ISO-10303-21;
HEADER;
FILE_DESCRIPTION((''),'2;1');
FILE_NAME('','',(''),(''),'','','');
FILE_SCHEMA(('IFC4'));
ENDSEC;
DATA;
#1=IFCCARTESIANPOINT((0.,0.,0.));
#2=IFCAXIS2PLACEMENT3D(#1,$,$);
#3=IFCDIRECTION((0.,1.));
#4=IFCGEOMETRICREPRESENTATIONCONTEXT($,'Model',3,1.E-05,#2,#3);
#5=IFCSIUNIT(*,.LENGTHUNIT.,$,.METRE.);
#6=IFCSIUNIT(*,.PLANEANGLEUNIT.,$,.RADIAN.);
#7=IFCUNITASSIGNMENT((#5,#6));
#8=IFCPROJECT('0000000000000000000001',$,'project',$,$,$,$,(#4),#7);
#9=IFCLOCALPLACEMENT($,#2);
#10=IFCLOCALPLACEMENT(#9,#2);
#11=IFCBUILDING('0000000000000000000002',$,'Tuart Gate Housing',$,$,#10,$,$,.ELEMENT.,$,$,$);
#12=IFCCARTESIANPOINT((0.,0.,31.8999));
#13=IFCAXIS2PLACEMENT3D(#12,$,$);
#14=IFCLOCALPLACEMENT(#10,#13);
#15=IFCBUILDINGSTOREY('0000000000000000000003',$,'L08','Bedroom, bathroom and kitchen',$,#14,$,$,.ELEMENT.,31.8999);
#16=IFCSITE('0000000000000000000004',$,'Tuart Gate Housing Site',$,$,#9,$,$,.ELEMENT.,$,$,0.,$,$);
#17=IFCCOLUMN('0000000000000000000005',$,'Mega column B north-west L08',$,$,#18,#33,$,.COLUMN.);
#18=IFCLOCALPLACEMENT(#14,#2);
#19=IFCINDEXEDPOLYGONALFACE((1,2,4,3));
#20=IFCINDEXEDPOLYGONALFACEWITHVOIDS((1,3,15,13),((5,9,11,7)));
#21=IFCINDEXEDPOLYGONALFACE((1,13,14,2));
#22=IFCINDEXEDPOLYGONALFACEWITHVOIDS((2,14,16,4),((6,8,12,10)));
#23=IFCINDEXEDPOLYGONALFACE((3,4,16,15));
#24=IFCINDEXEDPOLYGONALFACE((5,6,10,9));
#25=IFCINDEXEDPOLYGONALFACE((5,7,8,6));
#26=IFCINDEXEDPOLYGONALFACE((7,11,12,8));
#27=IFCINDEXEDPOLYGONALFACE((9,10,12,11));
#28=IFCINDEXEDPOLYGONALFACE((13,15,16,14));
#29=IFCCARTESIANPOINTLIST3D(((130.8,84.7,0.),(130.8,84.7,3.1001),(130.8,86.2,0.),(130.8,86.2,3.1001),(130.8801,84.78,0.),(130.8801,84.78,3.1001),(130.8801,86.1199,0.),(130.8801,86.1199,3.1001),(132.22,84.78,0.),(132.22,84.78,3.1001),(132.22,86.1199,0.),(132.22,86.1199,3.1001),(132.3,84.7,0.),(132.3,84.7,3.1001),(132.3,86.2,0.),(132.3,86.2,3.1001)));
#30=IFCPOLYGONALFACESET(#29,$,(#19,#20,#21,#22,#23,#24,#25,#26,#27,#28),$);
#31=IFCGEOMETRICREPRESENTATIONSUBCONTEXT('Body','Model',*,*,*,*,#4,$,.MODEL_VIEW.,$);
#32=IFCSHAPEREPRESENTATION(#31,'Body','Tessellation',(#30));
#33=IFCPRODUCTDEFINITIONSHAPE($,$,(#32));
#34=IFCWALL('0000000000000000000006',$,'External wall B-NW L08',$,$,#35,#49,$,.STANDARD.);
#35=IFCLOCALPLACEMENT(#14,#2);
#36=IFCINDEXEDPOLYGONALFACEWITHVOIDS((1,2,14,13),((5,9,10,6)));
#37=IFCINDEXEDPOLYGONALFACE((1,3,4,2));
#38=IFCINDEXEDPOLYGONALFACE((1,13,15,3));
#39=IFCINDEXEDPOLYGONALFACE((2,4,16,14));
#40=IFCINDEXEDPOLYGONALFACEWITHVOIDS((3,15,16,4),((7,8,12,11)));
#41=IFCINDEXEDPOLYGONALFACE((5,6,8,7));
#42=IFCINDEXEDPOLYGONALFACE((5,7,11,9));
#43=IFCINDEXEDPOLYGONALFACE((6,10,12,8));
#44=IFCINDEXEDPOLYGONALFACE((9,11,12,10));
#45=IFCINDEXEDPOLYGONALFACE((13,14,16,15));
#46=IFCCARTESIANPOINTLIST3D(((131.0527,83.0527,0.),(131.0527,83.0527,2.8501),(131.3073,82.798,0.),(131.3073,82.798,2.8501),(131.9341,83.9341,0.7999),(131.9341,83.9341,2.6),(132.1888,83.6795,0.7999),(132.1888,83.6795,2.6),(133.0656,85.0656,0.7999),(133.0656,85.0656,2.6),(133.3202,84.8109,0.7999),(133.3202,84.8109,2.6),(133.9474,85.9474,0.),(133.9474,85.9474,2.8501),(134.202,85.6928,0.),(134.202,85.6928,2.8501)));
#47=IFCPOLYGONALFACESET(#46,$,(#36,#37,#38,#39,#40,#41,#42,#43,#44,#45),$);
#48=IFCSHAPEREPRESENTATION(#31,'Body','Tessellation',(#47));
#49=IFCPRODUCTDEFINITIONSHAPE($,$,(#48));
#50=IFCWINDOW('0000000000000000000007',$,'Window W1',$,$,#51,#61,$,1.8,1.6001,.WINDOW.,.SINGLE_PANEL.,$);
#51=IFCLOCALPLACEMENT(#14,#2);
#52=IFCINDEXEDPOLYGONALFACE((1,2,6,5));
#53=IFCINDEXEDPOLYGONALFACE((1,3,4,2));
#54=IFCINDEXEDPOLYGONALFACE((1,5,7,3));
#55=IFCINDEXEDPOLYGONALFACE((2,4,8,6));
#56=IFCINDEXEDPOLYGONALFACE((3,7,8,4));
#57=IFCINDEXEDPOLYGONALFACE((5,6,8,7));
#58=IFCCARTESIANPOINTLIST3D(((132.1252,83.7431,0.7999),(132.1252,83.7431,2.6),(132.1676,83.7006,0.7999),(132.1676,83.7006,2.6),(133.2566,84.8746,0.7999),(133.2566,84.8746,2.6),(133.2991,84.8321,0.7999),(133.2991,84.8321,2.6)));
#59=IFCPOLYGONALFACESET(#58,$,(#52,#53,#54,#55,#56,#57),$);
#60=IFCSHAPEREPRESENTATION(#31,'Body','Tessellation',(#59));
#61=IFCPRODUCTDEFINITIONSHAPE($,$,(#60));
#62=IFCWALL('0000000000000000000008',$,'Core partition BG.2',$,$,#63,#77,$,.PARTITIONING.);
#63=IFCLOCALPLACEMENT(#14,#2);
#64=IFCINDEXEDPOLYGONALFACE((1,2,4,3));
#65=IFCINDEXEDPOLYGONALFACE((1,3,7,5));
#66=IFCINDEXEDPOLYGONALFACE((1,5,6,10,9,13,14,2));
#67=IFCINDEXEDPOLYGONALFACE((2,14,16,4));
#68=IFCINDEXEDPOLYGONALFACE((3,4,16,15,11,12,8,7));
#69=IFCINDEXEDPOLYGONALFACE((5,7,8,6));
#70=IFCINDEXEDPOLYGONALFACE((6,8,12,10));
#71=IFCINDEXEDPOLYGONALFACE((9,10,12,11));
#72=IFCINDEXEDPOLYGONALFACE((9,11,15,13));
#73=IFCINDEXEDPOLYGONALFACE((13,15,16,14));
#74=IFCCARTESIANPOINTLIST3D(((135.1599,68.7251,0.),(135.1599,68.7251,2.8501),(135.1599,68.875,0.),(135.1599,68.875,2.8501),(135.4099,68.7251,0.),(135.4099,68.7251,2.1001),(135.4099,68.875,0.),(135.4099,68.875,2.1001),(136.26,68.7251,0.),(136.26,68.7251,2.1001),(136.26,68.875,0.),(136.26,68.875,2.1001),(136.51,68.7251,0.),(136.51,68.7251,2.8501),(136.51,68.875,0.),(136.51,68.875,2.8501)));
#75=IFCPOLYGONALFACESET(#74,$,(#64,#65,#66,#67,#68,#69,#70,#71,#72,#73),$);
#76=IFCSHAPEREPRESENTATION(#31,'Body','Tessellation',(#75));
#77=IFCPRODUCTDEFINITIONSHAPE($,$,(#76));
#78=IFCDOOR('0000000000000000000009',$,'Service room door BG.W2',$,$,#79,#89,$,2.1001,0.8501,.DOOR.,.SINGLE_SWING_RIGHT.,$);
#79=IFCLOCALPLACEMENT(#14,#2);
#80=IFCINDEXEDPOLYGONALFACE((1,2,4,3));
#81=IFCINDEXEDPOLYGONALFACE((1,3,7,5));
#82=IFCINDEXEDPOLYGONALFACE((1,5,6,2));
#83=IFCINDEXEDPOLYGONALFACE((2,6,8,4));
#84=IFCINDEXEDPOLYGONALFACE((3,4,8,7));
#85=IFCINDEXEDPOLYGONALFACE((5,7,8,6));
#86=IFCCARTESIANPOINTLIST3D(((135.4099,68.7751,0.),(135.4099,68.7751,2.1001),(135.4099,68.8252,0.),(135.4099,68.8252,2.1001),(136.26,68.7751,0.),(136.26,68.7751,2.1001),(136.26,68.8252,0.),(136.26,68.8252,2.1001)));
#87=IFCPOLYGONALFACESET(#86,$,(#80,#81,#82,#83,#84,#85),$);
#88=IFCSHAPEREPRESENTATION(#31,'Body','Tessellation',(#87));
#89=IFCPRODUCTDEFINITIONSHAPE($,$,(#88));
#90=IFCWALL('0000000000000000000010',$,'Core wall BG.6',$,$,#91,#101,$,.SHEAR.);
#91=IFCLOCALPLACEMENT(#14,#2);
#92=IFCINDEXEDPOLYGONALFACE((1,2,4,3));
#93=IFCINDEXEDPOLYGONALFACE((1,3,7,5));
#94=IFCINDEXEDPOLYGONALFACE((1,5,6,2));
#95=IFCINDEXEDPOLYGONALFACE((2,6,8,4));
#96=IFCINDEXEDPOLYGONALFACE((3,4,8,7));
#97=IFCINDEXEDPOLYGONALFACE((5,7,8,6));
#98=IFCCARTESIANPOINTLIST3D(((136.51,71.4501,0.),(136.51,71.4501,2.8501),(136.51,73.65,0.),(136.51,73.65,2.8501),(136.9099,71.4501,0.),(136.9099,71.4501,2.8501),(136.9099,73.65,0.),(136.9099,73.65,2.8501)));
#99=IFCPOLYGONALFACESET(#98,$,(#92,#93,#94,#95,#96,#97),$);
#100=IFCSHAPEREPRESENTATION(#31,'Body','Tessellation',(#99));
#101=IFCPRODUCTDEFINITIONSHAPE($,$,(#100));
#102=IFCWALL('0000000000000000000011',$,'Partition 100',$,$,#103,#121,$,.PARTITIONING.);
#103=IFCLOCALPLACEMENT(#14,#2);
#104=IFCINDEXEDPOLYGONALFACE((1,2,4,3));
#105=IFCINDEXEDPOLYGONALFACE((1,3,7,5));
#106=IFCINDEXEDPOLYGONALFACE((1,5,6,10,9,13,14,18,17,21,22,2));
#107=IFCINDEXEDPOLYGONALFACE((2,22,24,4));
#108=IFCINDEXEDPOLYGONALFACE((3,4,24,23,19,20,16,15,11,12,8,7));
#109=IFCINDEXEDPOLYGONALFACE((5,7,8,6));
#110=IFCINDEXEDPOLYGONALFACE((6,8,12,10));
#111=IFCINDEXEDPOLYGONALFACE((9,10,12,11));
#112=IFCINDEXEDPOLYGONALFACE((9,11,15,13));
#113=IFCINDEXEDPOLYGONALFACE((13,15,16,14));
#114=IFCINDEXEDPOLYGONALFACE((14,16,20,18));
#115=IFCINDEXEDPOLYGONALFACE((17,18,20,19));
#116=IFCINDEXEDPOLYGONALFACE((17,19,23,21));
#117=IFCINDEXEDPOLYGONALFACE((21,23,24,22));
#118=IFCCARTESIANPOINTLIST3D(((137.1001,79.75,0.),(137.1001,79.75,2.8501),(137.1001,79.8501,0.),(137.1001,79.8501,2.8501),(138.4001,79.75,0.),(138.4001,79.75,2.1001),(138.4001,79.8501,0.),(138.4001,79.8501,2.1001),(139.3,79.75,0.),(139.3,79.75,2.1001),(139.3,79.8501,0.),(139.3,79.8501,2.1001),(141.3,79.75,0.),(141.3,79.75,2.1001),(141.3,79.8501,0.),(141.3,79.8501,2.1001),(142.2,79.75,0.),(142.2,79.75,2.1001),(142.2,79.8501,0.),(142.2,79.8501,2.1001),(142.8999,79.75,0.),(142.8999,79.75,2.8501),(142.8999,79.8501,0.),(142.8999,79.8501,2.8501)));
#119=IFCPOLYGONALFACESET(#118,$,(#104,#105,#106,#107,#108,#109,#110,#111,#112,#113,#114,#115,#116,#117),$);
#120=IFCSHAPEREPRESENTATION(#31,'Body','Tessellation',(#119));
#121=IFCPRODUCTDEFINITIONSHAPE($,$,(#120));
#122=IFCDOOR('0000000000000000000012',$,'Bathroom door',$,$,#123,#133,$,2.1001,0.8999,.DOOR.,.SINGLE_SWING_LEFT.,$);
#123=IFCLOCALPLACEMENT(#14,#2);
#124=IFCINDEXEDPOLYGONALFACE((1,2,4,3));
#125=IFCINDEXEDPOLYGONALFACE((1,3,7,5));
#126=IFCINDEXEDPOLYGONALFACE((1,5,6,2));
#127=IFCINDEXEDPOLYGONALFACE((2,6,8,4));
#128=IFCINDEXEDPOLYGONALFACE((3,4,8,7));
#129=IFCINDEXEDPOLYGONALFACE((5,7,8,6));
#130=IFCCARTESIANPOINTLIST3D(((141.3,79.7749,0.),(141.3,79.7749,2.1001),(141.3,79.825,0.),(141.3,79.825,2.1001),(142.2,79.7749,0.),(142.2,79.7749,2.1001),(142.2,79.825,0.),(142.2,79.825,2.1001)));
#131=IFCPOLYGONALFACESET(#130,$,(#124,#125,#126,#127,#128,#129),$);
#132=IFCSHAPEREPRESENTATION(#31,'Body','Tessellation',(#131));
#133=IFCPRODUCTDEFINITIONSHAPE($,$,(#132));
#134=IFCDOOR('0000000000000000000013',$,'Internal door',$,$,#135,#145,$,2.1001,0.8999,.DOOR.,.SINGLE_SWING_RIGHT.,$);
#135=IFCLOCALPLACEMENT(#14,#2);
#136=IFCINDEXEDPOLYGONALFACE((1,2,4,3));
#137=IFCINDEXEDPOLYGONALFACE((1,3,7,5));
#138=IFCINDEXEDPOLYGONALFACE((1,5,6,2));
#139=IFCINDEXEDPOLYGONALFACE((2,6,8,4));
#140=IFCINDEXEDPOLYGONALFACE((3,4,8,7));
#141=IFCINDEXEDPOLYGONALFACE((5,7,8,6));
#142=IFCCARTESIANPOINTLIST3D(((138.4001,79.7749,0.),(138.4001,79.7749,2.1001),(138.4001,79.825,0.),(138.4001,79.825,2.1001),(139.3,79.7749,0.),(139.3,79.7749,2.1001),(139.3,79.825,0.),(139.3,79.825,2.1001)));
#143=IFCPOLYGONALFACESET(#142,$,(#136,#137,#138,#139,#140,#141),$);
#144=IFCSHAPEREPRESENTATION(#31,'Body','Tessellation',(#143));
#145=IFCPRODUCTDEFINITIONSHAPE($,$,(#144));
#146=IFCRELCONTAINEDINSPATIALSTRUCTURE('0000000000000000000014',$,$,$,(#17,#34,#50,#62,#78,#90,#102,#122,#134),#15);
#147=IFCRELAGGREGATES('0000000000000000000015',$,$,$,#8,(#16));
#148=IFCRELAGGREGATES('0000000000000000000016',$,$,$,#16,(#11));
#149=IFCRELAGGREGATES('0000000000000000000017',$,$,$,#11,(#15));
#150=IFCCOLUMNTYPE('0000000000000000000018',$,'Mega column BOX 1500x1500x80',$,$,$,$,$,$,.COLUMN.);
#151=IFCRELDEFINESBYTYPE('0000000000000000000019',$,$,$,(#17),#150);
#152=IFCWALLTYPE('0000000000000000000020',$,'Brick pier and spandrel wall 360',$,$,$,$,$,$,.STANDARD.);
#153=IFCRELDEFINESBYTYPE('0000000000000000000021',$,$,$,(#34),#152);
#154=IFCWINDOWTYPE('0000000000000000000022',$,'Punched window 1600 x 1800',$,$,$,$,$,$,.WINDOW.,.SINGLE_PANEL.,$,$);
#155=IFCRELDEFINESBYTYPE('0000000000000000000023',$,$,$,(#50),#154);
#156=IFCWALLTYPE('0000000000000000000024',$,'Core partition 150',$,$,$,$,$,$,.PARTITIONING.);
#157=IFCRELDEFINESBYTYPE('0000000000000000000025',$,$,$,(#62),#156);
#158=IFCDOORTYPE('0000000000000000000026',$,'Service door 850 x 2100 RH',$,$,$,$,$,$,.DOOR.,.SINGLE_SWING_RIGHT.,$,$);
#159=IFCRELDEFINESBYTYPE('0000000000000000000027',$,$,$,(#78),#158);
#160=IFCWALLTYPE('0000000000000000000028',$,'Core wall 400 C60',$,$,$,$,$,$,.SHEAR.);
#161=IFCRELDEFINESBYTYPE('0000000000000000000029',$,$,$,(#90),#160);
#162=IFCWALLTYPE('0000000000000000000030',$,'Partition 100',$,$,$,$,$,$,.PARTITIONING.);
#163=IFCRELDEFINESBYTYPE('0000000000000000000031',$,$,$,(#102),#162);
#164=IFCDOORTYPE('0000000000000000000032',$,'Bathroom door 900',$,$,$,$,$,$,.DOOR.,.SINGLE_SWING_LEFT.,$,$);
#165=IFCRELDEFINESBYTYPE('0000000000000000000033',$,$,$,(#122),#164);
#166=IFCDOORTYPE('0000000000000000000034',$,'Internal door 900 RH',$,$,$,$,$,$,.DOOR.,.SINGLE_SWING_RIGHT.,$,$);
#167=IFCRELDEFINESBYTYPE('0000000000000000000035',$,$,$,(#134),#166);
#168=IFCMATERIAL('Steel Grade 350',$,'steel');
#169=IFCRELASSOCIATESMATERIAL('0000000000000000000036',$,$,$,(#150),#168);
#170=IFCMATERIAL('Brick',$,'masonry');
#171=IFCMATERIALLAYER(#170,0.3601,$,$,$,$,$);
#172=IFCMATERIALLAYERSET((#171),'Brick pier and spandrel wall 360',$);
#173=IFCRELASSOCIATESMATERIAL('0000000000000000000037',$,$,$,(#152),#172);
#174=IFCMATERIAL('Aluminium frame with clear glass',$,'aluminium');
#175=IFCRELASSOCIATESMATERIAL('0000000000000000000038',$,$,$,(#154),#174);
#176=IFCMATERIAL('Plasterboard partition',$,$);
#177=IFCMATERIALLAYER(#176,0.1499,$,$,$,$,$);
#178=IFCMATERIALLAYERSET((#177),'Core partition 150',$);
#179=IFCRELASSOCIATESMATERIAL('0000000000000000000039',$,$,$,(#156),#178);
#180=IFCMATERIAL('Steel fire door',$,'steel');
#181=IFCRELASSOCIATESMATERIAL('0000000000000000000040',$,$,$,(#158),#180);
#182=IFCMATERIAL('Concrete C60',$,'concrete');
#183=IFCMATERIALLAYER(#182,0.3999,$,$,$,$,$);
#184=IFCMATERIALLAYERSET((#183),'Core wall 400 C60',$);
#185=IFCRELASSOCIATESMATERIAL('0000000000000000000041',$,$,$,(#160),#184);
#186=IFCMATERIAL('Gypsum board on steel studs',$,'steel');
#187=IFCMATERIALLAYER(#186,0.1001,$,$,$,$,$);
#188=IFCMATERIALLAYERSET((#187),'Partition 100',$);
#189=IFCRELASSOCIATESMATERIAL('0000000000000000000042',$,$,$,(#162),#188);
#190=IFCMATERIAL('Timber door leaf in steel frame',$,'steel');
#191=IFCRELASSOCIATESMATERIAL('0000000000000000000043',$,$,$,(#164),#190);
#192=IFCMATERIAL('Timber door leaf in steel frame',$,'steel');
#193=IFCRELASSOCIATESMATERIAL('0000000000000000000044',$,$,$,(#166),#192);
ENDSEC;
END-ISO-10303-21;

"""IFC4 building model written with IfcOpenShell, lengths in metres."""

from ifc_helpers import new_model, si_unit, direction, frame, frame_2d, origin, origin_2d, place, context, subcontext, project, spatial, rectangle, hollow_rectangle, extrude, material, layer, layer_set, material_profile, profile_set, type_object, element, fill, save


model = new_model("IFC4")

# Units and contexts
model_context = context("Model", 3, precision=1e-05, world=origin(), true_north=direction((0.0, 1.0)))
body_context = subcontext(model_context, "Body", "Model", "MODEL_VIEW")
ifc_project = project(units=[si_unit("LENGTHUNIT", "METRE"), si_unit("PLANEANGLEUNIT", "RADIAN")], contexts=[model_context])

# Site, building, storey
site_placement = place(None, origin())
site = spatial("IfcSite", under=ifc_project, at=site_placement, Name="Tuart Gate Housing Site", CompositionType="ELEMENT", RefElevation=0.0)
building_placement = place(site_placement, origin())
building = spatial("IfcBuilding", under=site, at=building_placement, Name="Tuart Gate Housing", CompositionType="ELEMENT")
storey_placement = place(building_placement, frame((0.0, 0.0, 31.8999)))
storey = spatial("IfcBuildingStorey", under=building, at=storey_placement, Name="L08", Description="Bedroom, bathroom and kitchen", CompositionType="ELEMENT", Elevation=31.8999)

# Column
ifc_material_1 = material(Name="Steel Grade 350", Category="steel")
ifc_material_profile = material_profile(ifc_material_1, hollow_rectangle(XDim=1.5, YDim=1.5, WallThickness=0.0801, at=origin_2d()), Name="BOX 1500x1500x80")
ifc_profile_set = profile_set([ifc_material_profile], Name="Steel Grade 350")
column_type = type_object("IfcColumnType", Name="Mega column BOX 1500x1500x80", PredefinedType="COLUMN", material=ifc_profile_set)
column_placement = place(storey_placement, frame((131.55, 85.45, 0.0), z_axis=(0.0, 0.0, 1.0), x_axis=(1.0, 0.0, 0.0)))
element("IfcColumn", 1, at=column_placement, inside=storey, type_object=column_type, Name="Mega column B north-west L08", PredefinedType="COLUMN", context=body_context, shape_type="SweptSolid", body=[
    extrude(hollow_rectangle(XDim=1.5, YDim=1.5, WallThickness=0.0801, at=origin_2d()), origin(), (0.0, 0.0, 1.0), 3.1001),
])

# Wall, opening, window
ifc_material_2 = material(Name="Brick", Category="masonry")
ifc_layer_1 = layer(ifc_material_2, 0.3601)
ifc_layer_set_1 = layer_set([ifc_layer_1], Name="Brick pier and spandrel wall 360")
wall_type_1 = type_object("IfcWallType", Name="Brick pier and spandrel wall 360", PredefinedType="STANDARD", material=ifc_layer_set_1)
wall_1_placement = place(storey_placement, frame((134.0747, 85.8201, 0.0), z_axis=(0.0, 0.0, 1.0), x_axis=(-0.707107, -0.707107, 0.0)))
wall_1 = element("IfcWall", 2, at=wall_1_placement, inside=storey, type_object=wall_type_1, Name="External wall B-NW L08", PredefinedType="STANDARD", context=body_context, shape_type="SweptSolid", body=[
    extrude(rectangle(XDim=4.0938, YDim=0.3601, at=frame_2d((2.0469, 0.0))), origin(), (0.0, 0.0, 1.0), 2.8501),
])
opening_1_placement = place(wall_1_placement, frame((1.2471, 0.0, 0.8)))
opening_1 = element("IfcOpeningElement", 3, at=opening_1_placement, cuts=wall_1, PredefinedType="OPENING", context=body_context, shape_type="SweptSolid", body=[
    extrude(rectangle(XDim=1.6001, YDim=1.8, at=frame_2d((0.8, 0.8999))), frame((0.0, 0.1899, 0.0), z_axis=(0.0, -1.0, 0.0), x_axis=(1.0, 0.0, 0.0)), (0.0, 0.0, 1.0), 0.3801),
])
ifc_material_3 = material(Name="Aluminium frame with clear glass", Category="aluminium")
window_type = type_object("IfcWindowType", Name="Punched window 1600 x 1800", PartitioningType="SINGLE_PANEL", PredefinedType="WINDOW", material=ifc_material_3)
window_placement = place(opening_1_placement, origin())
window = element("IfcWindow", 4, at=window_placement, inside=storey, type_object=window_type, Name="Window W1", OverallHeight=1.8, OverallWidth=1.6001, PartitioningType="SINGLE_PANEL", PredefinedType="WINDOW", context=body_context, shape_type="SweptSolid", body=[
    extrude(rectangle(XDim=1.6001, YDim=1.8, at=frame_2d((0.8, 0.8999))), frame((0.0, 0.1501, 0.0), z_axis=(0.0, -1.0, 0.0), x_axis=(1.0, 0.0, 0.0)), (0.0, 0.0, 1.0), 0.0601),
])
fill(opening_1, window)

# Wall, opening, door
ifc_material_4 = material(Name="Plasterboard partition")
ifc_layer_2 = layer(ifc_material_4, 0.1499)
ifc_layer_set_2 = layer_set([ifc_layer_2], Name="Core partition 150")
wall_type_2 = type_object("IfcWallType", Name="Core partition 150", PredefinedType="PARTITIONING", material=ifc_layer_set_2)
wall_2_placement = place(storey_placement, frame((136.51, 68.8, 0.0), z_axis=(0.0, 0.0, 1.0), x_axis=(-1.0, 0.0, 0.0)))
wall_2 = element("IfcWall", 5, at=wall_2_placement, inside=storey, type_object=wall_type_2, Name="Core partition BG.2", PredefinedType="PARTITIONING", context=body_context, shape_type="SweptSolid", body=[
    extrude(rectangle(XDim=1.3501, YDim=0.1499, at=frame_2d((0.675, 0.0))), origin(), (0.0, 0.0, 1.0), 2.8501),
])
opening_2_placement = place(wall_2_placement, frame((0.25, 0.0, 0.0)))
opening_2 = element("IfcOpeningElement", 6, at=opening_2_placement, cuts=wall_2, PredefinedType="OPENING", context=body_context, shape_type="SweptSolid", body=[
    extrude(rectangle(XDim=0.8501, YDim=2.1001, at=frame_2d((0.425, 1.05))), frame((0.0, 0.085, 0.0), z_axis=(0.0, -1.0, 0.0), x_axis=(1.0, 0.0, 0.0)), (0.0, 0.0, 1.0), 0.1699),
])
ifc_material_5 = material(Name="Steel fire door", Category="steel")
door_type_1 = type_object("IfcDoorType", Name="Service door 850 x 2100 RH", OperationType="SINGLE_SWING_RIGHT", PredefinedType="DOOR", material=ifc_material_5)
door_1_placement = place(opening_2_placement, frame((0.8501, 0.0, 0.0), z_axis=(0.0, 0.0, 1.0), x_axis=(-1.0, 0.0, 0.0)))
door_1 = element("IfcDoor", 7, at=door_1_placement, inside=storey, type_object=door_type_1, Name="Service room door BG.W2", OperationType="SINGLE_SWING_RIGHT", OverallHeight=2.1001, OverallWidth=0.8501, PredefinedType="DOOR", context=body_context, shape_type="SweptSolid", body=[
    extrude(rectangle(XDim=0.8501, YDim=2.1001, at=frame_2d((0.425, 1.05))), frame((0.0, 0.0251, 0.0), z_axis=(0.0, -1.0, 0.0), x_axis=(1.0, 0.0, 0.0)), (0.0, 0.0, 1.0), 0.05),
])
fill(opening_2, door_1)

# Wall
ifc_material_6 = material(Name="Concrete C60", Category="concrete")
ifc_layer_3 = layer(ifc_material_6, 0.3999)
ifc_layer_set_3 = layer_set([ifc_layer_3], Name="Core wall 400 C60")
wall_type_3 = type_object("IfcWallType", Name="Core wall 400 C60", PredefinedType="SHEAR", material=ifc_layer_set_3)
wall_3_placement = place(storey_placement, frame((136.71, 71.45, 0.0), z_axis=(0.0, 0.0, 1.0), x_axis=(0.0, 1.0, 0.0)))
element("IfcWall", 8, at=wall_3_placement, inside=storey, type_object=wall_type_3, Name="Core wall BG.6", PredefinedType="SHEAR", context=body_context, shape_type="SweptSolid", body=[
    extrude(rectangle(XDim=2.2, YDim=0.3999, at=frame_2d((1.1001, 0.0))), origin(), (0.0, 0.0, 1.0), 2.8501),
])

# Wall, openings, doors
ifc_material_7 = material(Name="Gypsum board on steel studs", Category="steel")
ifc_layer_4 = layer(ifc_material_7, 0.1001)
ifc_layer_set_4 = layer_set([ifc_layer_4], Name="Partition 100")
wall_type_4 = type_object("IfcWallType", Name="Partition 100", PredefinedType="PARTITIONING", material=ifc_layer_set_4)
wall_4_placement = place(storey_placement, frame((137.1001, 79.8, 0.0), z_axis=(0.0, 0.0, 1.0), x_axis=(1.0, 0.0, 0.0)))
wall_4 = element("IfcWall", 9, at=wall_4_placement, inside=storey, type_object=wall_type_4, Name="Partition 100", PredefinedType="PARTITIONING", context=body_context, shape_type="SweptSolid", body=[
    extrude(rectangle(XDim=5.7998, YDim=0.1001, at=frame_2d((2.8999, 0.0))), origin(), (0.0, 0.0, 1.0), 2.8501),
])
opening_3_placement = place(wall_4_placement, frame((1.3, 0.0, 0.0)))
opening_3 = element("IfcOpeningElement", 10, at=opening_3_placement, cuts=wall_4, PredefinedType="OPENING", context=body_context, shape_type="SweptSolid", body=[
    extrude(rectangle(XDim=0.8999, YDim=2.1001, at=frame_2d((0.45, 1.05))), frame((0.0, 0.0601, 0.0), z_axis=(0.0, -1.0, 0.0), x_axis=(1.0, 0.0, 0.0)), (0.0, 0.0, 1.0), 0.1201),
])
opening_4_placement = place(wall_4_placement, frame((4.2, 0.0, 0.0)))
opening_4 = element("IfcOpeningElement", 11, at=opening_4_placement, cuts=wall_4, PredefinedType="OPENING", context=body_context, shape_type="SweptSolid", body=[
    extrude(rectangle(XDim=0.8999, YDim=2.1001, at=frame_2d((0.45, 1.05))), frame((0.0, 0.0601, 0.0), z_axis=(0.0, -1.0, 0.0), x_axis=(1.0, 0.0, 0.0)), (0.0, 0.0, 1.0), 0.1201),
])
ifc_material_8 = material(Name="Timber door leaf in steel frame", Category="steel")
door_type_2 = type_object("IfcDoorType", Name="Bathroom door 900", OperationType="SINGLE_SWING_LEFT", PredefinedType="DOOR", material=ifc_material_8)
door_2_placement = place(opening_4_placement, origin())
door_2 = element("IfcDoor", 12, at=door_2_placement, inside=storey, type_object=door_type_2, Name="Bathroom door", OperationType="SINGLE_SWING_LEFT", OverallHeight=2.1001, OverallWidth=0.8999, PredefinedType="DOOR", context=body_context, shape_type="SweptSolid", body=[
    extrude(rectangle(XDim=0.8999, YDim=2.1001, at=frame_2d((0.45, 1.05))), frame((0.0, 0.0249, 0.0), z_axis=(0.0, -1.0, 0.0), x_axis=(1.0, 0.0, 0.0)), (0.0, 0.0, 1.0), 0.05),
])
fill(opening_4, door_2)
ifc_material_9 = material(Name="Timber door leaf in steel frame", Category="steel")
door_type_3 = type_object("IfcDoorType", Name="Internal door 900 RH", OperationType="SINGLE_SWING_RIGHT", PredefinedType="DOOR", material=ifc_material_9)
door_3_placement = place(opening_3_placement, frame((0.8999, 0.0, 0.0), z_axis=(0.0, 0.0, 1.0), x_axis=(-1.0, 0.0, 0.0)))
door_3 = element("IfcDoor", 13, at=door_3_placement, inside=storey, type_object=door_type_3, Name="Internal door", OperationType="SINGLE_SWING_RIGHT", OverallHeight=2.1001, OverallWidth=0.8999, PredefinedType="DOOR", context=body_context, shape_type="SweptSolid", body=[
    extrude(rectangle(XDim=0.8999, YDim=2.1001, at=frame_2d((0.45, 1.05))), frame((0.0, 0.0251, 0.0), z_axis=(0.0, -1.0, 0.0), x_axis=(1.0, 0.0, 0.0)), (0.0, 0.0, 1.0), 0.05),
])
fill(opening_3, door_3)

save(model, "model.ifc")
